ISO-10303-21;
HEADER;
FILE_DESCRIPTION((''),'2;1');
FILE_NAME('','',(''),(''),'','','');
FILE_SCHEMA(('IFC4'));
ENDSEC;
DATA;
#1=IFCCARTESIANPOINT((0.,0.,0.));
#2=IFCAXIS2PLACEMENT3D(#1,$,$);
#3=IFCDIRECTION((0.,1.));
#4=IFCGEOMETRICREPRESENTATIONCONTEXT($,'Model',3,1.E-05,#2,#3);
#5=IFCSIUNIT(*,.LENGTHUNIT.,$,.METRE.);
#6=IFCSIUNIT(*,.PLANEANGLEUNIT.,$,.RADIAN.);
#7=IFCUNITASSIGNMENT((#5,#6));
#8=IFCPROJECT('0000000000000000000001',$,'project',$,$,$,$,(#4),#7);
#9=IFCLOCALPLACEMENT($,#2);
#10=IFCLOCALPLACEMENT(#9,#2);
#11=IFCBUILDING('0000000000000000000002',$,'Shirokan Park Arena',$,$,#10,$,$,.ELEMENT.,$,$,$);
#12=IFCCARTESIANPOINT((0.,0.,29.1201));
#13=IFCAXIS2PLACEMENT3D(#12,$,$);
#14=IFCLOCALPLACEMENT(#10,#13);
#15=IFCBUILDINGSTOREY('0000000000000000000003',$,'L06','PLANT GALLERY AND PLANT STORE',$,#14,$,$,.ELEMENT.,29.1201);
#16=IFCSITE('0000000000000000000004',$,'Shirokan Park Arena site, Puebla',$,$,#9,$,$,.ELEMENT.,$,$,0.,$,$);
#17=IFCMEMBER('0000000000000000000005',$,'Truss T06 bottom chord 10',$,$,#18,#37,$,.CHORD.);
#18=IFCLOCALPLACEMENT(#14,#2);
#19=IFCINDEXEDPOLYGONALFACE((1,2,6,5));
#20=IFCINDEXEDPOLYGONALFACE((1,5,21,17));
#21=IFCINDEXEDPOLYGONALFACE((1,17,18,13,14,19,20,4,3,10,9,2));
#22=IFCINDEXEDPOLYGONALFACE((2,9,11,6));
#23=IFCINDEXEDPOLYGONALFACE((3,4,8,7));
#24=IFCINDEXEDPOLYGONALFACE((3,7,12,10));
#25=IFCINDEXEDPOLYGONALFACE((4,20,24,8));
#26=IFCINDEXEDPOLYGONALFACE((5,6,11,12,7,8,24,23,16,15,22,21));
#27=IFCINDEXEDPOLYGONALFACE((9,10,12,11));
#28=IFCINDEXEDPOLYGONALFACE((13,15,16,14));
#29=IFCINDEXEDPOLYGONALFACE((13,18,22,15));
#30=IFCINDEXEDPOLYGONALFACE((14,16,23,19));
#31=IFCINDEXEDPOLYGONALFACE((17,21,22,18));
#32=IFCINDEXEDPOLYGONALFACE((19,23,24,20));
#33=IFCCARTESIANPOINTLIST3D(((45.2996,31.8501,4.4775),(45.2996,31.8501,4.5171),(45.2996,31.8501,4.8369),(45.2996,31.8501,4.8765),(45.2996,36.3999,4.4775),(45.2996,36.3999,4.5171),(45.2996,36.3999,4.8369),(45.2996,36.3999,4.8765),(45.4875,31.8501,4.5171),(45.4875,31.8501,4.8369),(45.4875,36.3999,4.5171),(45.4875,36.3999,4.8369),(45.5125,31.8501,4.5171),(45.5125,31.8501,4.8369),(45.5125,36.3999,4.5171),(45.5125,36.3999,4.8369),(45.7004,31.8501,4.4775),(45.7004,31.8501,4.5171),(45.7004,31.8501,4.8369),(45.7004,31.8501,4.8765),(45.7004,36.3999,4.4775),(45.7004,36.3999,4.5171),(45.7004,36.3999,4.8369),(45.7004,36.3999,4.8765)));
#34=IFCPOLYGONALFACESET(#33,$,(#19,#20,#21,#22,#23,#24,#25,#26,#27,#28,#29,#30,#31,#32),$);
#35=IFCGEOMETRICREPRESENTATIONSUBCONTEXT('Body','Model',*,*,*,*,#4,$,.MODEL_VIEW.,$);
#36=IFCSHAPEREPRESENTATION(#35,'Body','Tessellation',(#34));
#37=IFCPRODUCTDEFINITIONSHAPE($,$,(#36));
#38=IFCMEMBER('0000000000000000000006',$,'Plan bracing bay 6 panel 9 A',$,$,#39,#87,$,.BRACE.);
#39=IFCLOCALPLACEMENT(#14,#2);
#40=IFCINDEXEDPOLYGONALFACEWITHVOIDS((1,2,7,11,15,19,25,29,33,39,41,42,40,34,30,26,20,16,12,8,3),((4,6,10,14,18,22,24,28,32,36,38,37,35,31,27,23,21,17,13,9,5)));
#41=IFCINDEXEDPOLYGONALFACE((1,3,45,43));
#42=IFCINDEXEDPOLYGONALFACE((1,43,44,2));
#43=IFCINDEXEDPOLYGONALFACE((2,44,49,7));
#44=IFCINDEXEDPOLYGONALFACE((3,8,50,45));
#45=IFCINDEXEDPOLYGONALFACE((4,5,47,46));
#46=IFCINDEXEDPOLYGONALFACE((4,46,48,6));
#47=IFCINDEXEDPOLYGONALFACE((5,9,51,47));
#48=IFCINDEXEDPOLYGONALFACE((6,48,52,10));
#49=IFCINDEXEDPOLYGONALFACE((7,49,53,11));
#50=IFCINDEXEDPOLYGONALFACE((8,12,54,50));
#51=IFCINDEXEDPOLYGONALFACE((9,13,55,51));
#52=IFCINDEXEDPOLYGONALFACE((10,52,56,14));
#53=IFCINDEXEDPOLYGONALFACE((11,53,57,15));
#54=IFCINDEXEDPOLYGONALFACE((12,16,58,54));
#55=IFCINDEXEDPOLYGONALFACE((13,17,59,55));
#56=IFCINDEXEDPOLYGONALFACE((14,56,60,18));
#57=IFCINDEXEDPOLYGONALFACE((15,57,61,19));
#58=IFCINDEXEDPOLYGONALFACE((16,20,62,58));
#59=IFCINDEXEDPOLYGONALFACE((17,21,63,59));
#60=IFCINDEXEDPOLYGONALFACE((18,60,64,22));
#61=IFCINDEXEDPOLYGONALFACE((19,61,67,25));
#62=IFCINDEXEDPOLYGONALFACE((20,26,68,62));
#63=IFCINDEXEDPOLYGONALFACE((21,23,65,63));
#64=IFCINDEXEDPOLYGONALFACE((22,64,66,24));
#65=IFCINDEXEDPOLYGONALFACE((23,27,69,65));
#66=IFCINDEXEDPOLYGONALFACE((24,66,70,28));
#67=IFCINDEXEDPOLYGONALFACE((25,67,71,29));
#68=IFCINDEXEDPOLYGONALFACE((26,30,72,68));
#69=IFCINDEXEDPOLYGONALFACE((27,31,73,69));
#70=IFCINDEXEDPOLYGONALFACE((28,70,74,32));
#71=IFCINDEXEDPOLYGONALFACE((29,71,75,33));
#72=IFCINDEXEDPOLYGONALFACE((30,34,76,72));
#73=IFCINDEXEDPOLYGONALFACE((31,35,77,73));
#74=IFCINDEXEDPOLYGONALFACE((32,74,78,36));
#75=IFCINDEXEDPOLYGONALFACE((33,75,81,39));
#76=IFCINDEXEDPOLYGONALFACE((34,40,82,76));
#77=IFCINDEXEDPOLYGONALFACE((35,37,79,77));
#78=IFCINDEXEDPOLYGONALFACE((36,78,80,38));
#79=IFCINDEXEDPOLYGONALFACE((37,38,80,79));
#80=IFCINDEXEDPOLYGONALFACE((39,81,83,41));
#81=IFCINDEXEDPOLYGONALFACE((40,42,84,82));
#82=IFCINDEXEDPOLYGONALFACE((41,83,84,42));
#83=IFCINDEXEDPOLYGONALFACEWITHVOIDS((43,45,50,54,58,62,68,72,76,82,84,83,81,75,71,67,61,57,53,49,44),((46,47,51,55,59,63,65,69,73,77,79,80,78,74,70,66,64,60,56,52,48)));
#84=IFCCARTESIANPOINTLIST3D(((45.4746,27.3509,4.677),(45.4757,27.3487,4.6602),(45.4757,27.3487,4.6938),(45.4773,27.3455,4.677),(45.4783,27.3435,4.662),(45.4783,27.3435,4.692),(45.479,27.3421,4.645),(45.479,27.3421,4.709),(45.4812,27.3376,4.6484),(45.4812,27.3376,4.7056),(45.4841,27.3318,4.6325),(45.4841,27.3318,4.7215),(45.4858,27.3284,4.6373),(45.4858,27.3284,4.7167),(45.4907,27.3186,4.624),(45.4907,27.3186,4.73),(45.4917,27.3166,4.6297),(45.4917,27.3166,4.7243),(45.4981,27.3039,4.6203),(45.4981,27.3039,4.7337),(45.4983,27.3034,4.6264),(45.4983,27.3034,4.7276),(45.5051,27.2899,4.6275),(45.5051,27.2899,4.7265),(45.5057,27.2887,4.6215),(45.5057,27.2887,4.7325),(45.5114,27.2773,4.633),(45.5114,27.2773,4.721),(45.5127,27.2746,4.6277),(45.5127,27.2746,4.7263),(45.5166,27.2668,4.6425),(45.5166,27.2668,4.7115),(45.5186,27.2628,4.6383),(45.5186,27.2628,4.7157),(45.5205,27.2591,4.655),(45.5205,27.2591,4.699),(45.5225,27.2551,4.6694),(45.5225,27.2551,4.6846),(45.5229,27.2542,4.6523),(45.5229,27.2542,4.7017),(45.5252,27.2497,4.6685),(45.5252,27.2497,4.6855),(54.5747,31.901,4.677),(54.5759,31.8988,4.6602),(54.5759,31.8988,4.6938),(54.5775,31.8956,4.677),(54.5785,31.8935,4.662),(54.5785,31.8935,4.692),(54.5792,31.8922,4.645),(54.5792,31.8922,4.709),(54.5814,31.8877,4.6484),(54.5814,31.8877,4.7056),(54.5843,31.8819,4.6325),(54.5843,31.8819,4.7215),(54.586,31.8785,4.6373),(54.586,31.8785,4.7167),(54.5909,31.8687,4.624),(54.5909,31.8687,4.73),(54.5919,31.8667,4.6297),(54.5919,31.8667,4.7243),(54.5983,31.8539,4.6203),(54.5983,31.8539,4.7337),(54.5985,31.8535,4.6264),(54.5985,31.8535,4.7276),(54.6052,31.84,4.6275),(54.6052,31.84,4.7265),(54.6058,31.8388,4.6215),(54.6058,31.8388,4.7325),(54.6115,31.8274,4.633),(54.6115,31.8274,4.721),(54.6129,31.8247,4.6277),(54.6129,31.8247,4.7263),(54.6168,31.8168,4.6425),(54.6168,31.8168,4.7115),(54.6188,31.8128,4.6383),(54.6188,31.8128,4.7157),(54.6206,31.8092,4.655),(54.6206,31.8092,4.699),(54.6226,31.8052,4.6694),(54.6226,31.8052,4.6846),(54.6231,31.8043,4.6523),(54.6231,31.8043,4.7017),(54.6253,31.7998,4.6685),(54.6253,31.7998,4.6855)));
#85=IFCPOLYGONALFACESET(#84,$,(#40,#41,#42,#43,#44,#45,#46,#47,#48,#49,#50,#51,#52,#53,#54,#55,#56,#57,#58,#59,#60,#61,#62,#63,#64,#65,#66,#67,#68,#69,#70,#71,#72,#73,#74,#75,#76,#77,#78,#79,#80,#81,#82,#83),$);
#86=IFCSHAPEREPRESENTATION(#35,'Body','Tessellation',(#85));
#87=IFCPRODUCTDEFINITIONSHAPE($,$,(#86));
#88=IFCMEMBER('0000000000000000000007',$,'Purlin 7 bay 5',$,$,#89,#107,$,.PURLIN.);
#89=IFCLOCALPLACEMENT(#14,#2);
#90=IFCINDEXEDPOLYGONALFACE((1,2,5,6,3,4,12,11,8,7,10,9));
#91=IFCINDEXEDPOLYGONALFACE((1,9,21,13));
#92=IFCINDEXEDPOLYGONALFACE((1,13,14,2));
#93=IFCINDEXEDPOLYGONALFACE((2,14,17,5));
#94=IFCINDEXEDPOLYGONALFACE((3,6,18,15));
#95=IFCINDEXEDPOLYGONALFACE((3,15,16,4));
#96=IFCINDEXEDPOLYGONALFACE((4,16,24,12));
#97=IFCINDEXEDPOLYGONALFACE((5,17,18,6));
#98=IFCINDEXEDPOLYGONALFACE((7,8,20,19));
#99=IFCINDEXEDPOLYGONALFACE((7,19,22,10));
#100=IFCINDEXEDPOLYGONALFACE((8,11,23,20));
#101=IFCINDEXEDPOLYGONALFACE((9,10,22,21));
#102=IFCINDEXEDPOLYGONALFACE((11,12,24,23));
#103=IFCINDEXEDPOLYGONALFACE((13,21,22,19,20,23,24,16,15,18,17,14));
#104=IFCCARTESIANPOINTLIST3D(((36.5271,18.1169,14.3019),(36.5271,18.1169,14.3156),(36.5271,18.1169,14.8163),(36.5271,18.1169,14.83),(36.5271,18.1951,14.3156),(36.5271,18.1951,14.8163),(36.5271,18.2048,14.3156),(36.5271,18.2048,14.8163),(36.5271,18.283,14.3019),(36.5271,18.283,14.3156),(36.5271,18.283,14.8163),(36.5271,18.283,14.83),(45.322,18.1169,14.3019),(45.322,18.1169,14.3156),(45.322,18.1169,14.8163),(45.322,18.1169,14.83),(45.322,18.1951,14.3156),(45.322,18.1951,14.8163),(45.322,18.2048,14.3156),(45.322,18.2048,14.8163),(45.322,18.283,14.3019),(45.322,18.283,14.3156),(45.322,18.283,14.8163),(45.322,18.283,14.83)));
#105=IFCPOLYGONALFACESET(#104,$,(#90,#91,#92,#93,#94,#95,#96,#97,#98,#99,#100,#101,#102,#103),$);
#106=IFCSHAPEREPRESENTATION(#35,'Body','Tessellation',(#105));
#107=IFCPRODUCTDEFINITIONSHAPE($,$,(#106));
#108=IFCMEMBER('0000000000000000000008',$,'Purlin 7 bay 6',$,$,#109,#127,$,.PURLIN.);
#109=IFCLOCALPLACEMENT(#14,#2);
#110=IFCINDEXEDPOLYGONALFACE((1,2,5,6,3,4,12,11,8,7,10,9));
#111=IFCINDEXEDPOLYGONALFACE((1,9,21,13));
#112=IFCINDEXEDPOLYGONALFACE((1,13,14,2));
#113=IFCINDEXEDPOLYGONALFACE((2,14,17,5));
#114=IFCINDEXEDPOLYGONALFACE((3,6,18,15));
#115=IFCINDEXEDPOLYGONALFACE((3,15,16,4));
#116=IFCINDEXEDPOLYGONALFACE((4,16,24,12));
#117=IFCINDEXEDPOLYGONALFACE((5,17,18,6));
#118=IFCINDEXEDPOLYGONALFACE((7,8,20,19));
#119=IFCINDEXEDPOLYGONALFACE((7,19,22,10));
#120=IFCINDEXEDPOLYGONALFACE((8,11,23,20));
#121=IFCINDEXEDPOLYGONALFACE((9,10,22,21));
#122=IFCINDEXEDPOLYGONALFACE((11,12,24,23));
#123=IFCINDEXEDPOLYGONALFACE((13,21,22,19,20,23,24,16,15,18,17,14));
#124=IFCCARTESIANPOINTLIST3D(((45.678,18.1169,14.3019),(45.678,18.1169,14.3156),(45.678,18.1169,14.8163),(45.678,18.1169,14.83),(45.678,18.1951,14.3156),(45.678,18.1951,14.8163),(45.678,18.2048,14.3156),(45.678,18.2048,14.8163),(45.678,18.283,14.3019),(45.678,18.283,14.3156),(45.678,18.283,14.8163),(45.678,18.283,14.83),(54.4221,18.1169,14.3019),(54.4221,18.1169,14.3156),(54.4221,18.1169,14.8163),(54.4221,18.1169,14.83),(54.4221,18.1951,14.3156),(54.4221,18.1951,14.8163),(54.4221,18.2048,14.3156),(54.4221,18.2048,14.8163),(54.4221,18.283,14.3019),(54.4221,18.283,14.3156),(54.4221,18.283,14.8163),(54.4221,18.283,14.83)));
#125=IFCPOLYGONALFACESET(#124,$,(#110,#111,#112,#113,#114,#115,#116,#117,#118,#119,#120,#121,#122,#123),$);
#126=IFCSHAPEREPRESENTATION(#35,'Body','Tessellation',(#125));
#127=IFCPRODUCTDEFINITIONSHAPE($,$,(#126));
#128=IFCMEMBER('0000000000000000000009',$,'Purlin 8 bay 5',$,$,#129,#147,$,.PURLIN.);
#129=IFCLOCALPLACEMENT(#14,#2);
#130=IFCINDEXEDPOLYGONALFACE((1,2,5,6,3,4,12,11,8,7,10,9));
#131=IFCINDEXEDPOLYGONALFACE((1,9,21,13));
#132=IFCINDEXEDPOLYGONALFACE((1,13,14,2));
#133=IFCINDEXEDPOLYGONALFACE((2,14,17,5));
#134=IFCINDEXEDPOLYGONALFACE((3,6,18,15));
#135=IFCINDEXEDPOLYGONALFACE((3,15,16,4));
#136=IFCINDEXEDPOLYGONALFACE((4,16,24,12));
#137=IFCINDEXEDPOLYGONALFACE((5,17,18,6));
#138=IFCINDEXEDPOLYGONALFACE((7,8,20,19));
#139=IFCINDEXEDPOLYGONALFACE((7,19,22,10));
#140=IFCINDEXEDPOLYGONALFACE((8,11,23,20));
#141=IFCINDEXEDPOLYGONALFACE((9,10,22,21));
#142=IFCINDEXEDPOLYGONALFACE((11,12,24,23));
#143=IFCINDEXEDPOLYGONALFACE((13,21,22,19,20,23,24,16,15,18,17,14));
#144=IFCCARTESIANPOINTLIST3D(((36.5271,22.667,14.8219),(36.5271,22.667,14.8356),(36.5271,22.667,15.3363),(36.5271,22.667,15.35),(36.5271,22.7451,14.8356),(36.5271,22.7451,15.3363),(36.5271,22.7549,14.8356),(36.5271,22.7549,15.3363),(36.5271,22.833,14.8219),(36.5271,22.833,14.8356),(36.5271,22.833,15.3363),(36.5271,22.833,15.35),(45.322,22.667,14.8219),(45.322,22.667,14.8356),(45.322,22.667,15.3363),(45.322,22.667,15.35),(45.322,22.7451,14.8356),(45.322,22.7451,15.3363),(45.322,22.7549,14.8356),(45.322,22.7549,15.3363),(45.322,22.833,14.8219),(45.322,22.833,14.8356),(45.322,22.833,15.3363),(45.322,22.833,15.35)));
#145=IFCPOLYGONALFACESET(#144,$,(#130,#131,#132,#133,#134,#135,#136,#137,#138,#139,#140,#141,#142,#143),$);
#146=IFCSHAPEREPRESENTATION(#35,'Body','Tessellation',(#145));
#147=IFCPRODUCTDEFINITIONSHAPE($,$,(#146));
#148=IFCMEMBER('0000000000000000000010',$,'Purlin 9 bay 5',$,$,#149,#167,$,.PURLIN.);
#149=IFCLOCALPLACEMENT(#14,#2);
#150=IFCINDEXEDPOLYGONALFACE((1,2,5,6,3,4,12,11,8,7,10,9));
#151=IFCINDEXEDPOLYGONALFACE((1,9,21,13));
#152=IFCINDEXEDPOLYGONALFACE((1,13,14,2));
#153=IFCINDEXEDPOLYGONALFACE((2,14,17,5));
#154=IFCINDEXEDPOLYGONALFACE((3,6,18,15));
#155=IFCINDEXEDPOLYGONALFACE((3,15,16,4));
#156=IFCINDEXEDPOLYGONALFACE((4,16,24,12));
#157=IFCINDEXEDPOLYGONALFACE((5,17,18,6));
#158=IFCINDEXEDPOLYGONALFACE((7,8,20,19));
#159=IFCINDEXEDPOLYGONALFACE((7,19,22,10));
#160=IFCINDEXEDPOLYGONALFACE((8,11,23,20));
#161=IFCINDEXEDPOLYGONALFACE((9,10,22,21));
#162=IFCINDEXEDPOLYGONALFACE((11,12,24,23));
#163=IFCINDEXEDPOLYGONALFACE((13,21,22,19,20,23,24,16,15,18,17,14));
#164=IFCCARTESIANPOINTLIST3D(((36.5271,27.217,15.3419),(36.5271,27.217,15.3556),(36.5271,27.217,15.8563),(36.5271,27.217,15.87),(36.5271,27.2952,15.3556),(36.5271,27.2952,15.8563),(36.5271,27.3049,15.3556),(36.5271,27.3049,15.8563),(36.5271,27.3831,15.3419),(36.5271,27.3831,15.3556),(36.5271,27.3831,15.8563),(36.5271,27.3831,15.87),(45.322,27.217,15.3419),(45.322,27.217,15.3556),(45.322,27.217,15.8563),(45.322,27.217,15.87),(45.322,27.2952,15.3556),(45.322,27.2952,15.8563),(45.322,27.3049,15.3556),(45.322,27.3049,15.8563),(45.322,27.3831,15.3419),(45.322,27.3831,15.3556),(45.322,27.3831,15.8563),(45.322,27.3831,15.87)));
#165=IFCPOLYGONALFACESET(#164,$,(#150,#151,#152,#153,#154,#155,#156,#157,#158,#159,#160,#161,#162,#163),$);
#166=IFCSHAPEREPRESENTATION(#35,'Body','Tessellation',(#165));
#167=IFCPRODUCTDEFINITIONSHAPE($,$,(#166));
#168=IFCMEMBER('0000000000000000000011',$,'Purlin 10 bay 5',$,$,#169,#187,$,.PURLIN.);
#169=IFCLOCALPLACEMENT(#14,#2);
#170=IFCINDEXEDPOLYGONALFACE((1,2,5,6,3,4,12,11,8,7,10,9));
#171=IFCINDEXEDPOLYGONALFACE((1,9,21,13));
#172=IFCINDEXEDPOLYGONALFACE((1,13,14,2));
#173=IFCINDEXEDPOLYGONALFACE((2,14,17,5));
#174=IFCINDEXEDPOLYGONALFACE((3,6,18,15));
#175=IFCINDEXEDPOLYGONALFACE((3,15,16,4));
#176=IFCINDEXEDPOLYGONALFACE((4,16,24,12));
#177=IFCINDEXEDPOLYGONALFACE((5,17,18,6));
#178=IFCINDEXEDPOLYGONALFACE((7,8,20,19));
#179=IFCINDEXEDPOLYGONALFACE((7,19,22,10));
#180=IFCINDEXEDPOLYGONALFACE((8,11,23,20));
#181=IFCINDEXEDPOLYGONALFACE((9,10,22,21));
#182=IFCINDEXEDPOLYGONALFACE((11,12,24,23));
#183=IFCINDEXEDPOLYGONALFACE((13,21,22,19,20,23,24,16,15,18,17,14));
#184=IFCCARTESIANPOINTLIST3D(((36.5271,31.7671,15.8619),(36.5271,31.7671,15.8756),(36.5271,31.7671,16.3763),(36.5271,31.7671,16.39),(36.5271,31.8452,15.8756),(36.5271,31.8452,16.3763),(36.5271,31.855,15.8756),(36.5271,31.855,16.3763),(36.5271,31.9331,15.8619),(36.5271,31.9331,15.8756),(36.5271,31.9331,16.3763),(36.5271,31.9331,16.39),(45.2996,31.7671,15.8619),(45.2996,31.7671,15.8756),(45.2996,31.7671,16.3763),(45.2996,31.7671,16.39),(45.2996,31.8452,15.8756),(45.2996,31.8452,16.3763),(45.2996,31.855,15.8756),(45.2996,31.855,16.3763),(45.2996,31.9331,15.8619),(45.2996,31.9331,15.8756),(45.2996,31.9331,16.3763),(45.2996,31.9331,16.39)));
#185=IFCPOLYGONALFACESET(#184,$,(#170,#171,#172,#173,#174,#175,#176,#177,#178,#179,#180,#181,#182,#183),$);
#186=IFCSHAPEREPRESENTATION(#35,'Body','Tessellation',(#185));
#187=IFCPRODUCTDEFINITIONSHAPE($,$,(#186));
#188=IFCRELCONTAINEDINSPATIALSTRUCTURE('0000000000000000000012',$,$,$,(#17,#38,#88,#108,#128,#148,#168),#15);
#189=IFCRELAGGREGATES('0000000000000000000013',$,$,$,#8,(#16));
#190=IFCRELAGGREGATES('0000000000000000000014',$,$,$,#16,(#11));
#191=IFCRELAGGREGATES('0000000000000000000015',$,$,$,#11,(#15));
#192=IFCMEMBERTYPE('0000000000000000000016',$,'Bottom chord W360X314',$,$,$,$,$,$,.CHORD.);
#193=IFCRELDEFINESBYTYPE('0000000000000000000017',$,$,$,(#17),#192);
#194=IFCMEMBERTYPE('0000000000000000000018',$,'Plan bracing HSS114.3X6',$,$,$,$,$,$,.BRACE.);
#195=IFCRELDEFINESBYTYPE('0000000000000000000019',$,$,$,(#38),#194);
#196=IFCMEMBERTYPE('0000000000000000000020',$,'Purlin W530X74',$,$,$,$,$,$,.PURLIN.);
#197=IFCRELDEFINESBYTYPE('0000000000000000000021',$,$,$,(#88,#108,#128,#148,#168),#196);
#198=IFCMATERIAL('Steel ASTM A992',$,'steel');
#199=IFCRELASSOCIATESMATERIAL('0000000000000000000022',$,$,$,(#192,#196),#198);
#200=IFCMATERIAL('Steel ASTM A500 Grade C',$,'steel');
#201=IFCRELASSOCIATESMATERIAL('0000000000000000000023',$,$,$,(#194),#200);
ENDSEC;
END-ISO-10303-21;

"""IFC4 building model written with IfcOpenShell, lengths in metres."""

from ifc_helpers import new_model, si_unit, direction, frame, origin, origin_2d, place, context, subcontext, project, spatial, hollow_circle, i_section, extrude, material, material_profile, profile_set, type_object, element, save


model = new_model("IFC4")

# Units and contexts
model_context = context("Model", 3, precision=1e-05, world=origin(), true_north=direction((0.0, 1.0)))
body_context = subcontext(model_context, "Body", "Model", "MODEL_VIEW")
ifc_project = project(units=[si_unit("LENGTHUNIT", "METRE"), si_unit("PLANEANGLEUNIT", "RADIAN")], contexts=[model_context])

# Site, building, storey
site_placement = place(None, origin())
site = spatial("IfcSite", under=ifc_project, at=site_placement, Name="Shirokan Park Arena site, Puebla", CompositionType="ELEMENT", RefElevation=0.0)
building_placement = place(site_placement, origin())
building = spatial("IfcBuilding", under=site, at=building_placement, Name="Shirokan Park Arena", CompositionType="ELEMENT")
storey_placement = place(building_placement, frame((0.0, 0.0, 29.1201)))
storey = spatial("IfcBuildingStorey", under=building, at=storey_placement, Name="L06", Description="PLANT GALLERY AND PLANT STORE", CompositionType="ELEMENT", Elevation=29.1201)

# Members
ifc_material_1 = material(Name="Steel ASTM A992", Category="steel")
ifc_material_profile_1 = material_profile(ifc_material_1, i_section(OverallWidth=0.4009, OverallDepth=0.3989, WebThickness=0.0249, FlangeThickness=0.0396, at=origin_2d()), Name="W360X314")
ifc_profile_set_1 = profile_set([ifc_material_profile_1], Name="Steel ASTM A992")
member_type_1 = type_object("IfcMemberType", Name="Bottom chord W360X314", PredefinedType="CHORD", material=ifc_profile_set_1)
member_1_placement = place(storey_placement, frame((45.5, 31.8501, 4.677), z_axis=(0.0, 1.0, 0.0), x_axis=(-1.0, 0.0, 0.0)))
element("IfcMember", 1, at=member_1_placement, inside=storey, type_object=member_type_1, Name="Truss T06 bottom chord 10", PredefinedType="CHORD", context=body_context, shape_type="SweptSolid", body=[
    extrude(i_section(OverallWidth=0.4009, OverallDepth=0.3989, WebThickness=0.0249, FlangeThickness=0.0396, at=origin_2d()), origin(), (0.0, 0.0, 1.0), 4.5498),
])
ifc_material_2 = material(Name="Steel ASTM A500 Grade C", Category="steel")
ifc_material_profile_2 = material_profile(ifc_material_2, hollow_circle(Radius=0.0569, WallThickness=0.0061, at=origin_2d()), Name="HSS114.3X6")
ifc_profile_set_2 = profile_set([ifc_material_profile_2], Name="Steel ASTM A500 Grade C")
member_type_2 = type_object("IfcMemberType", Name="Plan bracing HSS114.3X6", PredefinedType="BRACE", material=ifc_profile_set_2)
member_2_placement = place(storey_placement, frame((45.5, 27.3, 4.677), z_axis=(0.894427, 0.447214, 0.0), x_axis=(-0.447214, 0.894427, 0.0)))
element("IfcMember", 2, at=member_2_placement, inside=storey, type_object=member_type_2, Name="Plan bracing bay 6 panel 9 A", PredefinedType="BRACE", context=body_context, shape_type="SweptSolid", body=[
    extrude(hollow_circle(Radius=0.0569, WallThickness=0.0061, at=origin_2d()), origin(), (0.0, 0.0, 1.0), 10.1743),
])
ifc_material_profile_3 = material_profile(ifc_material_1, i_section(OverallWidth=0.166, OverallDepth=0.5281, WebThickness=0.0098, FlangeThickness=0.0137, at=origin_2d()), Name="W530X74")
ifc_profile_set_3 = profile_set([ifc_material_profile_3], Name="Steel ASTM A992")
member_type_3 = type_object("IfcMemberType", Name="Purlin W530X74", PredefinedType="PURLIN", material=ifc_profile_set_3)
member_3_placement = place(storey_placement, frame((36.5271, 18.2, 14.5659), z_axis=(1.0, 0.0, 0.0), x_axis=(0.0, 1.0, 0.0)))
element("IfcMember", 3, at=member_3_placement, inside=storey, type_object=member_type_3, Name="Purlin 7 bay 5", PredefinedType="PURLIN", context=body_context, shape_type="SweptSolid", body=[
    extrude(i_section(OverallWidth=0.166, OverallDepth=0.5281, WebThickness=0.0098, FlangeThickness=0.0137, at=origin_2d()), origin(), (0.0, 0.0, 1.0), 8.7949),
])
member_4_placement = place(storey_placement, frame((45.678, 18.2, 14.5659), z_axis=(1.0, 0.0, 0.0), x_axis=(0.0, 1.0, 0.0)))
element("IfcMember", 4, at=member_4_placement, inside=storey, type_object=member_type_3, Name="Purlin 7 bay 6", PredefinedType="PURLIN", context=body_context, shape_type="SweptSolid", body=[
    extrude(i_section(OverallWidth=0.166, OverallDepth=0.5281, WebThickness=0.0098, FlangeThickness=0.0137, at=origin_2d()), origin(), (0.0, 0.0, 1.0), 8.7441),
])
for number, where, z_axis, x_axis, name in (
    (5, (36.5271, 22.75, 15.0859), (1.0, 0.0, 0.0), (0.0, 1.0, 0.0), "Purlin 8 bay 5"),
    (6, (36.5271, 27.3, 15.606), (1.0, 0.0, 0.0), (0.0, 1.0, 0.0), "Purlin 9 bay 5"),
):
    element("IfcMember", number, at=place(storey_placement, frame(where, z_axis=z_axis, x_axis=x_axis)), inside=storey, type_object=member_type_3, Name=name, PredefinedType="PURLIN", context=body_context, shape_type="SweptSolid", body=[
        extrude(i_section(OverallWidth=0.166, OverallDepth=0.5281, WebThickness=0.0098, FlangeThickness=0.0137, at=origin_2d()), origin(), (0.0, 0.0, 1.0), 8.7949),
    ])
member_5_placement = place(storey_placement, frame((36.5271, 31.8501, 16.126), z_axis=(1.0, 0.0, 0.0), x_axis=(0.0, 1.0, 0.0)))
element("IfcMember", 7, at=member_5_placement, inside=storey, type_object=member_type_3, Name="Purlin 10 bay 5", PredefinedType="PURLIN", context=body_context, shape_type="SweptSolid", body=[
    extrude(i_section(OverallWidth=0.166, OverallDepth=0.5281, WebThickness=0.0098, FlangeThickness=0.0137, at=origin_2d()), origin(), (0.0, 0.0, 1.0), 8.7725),
])

save(model, "model.ifc")
